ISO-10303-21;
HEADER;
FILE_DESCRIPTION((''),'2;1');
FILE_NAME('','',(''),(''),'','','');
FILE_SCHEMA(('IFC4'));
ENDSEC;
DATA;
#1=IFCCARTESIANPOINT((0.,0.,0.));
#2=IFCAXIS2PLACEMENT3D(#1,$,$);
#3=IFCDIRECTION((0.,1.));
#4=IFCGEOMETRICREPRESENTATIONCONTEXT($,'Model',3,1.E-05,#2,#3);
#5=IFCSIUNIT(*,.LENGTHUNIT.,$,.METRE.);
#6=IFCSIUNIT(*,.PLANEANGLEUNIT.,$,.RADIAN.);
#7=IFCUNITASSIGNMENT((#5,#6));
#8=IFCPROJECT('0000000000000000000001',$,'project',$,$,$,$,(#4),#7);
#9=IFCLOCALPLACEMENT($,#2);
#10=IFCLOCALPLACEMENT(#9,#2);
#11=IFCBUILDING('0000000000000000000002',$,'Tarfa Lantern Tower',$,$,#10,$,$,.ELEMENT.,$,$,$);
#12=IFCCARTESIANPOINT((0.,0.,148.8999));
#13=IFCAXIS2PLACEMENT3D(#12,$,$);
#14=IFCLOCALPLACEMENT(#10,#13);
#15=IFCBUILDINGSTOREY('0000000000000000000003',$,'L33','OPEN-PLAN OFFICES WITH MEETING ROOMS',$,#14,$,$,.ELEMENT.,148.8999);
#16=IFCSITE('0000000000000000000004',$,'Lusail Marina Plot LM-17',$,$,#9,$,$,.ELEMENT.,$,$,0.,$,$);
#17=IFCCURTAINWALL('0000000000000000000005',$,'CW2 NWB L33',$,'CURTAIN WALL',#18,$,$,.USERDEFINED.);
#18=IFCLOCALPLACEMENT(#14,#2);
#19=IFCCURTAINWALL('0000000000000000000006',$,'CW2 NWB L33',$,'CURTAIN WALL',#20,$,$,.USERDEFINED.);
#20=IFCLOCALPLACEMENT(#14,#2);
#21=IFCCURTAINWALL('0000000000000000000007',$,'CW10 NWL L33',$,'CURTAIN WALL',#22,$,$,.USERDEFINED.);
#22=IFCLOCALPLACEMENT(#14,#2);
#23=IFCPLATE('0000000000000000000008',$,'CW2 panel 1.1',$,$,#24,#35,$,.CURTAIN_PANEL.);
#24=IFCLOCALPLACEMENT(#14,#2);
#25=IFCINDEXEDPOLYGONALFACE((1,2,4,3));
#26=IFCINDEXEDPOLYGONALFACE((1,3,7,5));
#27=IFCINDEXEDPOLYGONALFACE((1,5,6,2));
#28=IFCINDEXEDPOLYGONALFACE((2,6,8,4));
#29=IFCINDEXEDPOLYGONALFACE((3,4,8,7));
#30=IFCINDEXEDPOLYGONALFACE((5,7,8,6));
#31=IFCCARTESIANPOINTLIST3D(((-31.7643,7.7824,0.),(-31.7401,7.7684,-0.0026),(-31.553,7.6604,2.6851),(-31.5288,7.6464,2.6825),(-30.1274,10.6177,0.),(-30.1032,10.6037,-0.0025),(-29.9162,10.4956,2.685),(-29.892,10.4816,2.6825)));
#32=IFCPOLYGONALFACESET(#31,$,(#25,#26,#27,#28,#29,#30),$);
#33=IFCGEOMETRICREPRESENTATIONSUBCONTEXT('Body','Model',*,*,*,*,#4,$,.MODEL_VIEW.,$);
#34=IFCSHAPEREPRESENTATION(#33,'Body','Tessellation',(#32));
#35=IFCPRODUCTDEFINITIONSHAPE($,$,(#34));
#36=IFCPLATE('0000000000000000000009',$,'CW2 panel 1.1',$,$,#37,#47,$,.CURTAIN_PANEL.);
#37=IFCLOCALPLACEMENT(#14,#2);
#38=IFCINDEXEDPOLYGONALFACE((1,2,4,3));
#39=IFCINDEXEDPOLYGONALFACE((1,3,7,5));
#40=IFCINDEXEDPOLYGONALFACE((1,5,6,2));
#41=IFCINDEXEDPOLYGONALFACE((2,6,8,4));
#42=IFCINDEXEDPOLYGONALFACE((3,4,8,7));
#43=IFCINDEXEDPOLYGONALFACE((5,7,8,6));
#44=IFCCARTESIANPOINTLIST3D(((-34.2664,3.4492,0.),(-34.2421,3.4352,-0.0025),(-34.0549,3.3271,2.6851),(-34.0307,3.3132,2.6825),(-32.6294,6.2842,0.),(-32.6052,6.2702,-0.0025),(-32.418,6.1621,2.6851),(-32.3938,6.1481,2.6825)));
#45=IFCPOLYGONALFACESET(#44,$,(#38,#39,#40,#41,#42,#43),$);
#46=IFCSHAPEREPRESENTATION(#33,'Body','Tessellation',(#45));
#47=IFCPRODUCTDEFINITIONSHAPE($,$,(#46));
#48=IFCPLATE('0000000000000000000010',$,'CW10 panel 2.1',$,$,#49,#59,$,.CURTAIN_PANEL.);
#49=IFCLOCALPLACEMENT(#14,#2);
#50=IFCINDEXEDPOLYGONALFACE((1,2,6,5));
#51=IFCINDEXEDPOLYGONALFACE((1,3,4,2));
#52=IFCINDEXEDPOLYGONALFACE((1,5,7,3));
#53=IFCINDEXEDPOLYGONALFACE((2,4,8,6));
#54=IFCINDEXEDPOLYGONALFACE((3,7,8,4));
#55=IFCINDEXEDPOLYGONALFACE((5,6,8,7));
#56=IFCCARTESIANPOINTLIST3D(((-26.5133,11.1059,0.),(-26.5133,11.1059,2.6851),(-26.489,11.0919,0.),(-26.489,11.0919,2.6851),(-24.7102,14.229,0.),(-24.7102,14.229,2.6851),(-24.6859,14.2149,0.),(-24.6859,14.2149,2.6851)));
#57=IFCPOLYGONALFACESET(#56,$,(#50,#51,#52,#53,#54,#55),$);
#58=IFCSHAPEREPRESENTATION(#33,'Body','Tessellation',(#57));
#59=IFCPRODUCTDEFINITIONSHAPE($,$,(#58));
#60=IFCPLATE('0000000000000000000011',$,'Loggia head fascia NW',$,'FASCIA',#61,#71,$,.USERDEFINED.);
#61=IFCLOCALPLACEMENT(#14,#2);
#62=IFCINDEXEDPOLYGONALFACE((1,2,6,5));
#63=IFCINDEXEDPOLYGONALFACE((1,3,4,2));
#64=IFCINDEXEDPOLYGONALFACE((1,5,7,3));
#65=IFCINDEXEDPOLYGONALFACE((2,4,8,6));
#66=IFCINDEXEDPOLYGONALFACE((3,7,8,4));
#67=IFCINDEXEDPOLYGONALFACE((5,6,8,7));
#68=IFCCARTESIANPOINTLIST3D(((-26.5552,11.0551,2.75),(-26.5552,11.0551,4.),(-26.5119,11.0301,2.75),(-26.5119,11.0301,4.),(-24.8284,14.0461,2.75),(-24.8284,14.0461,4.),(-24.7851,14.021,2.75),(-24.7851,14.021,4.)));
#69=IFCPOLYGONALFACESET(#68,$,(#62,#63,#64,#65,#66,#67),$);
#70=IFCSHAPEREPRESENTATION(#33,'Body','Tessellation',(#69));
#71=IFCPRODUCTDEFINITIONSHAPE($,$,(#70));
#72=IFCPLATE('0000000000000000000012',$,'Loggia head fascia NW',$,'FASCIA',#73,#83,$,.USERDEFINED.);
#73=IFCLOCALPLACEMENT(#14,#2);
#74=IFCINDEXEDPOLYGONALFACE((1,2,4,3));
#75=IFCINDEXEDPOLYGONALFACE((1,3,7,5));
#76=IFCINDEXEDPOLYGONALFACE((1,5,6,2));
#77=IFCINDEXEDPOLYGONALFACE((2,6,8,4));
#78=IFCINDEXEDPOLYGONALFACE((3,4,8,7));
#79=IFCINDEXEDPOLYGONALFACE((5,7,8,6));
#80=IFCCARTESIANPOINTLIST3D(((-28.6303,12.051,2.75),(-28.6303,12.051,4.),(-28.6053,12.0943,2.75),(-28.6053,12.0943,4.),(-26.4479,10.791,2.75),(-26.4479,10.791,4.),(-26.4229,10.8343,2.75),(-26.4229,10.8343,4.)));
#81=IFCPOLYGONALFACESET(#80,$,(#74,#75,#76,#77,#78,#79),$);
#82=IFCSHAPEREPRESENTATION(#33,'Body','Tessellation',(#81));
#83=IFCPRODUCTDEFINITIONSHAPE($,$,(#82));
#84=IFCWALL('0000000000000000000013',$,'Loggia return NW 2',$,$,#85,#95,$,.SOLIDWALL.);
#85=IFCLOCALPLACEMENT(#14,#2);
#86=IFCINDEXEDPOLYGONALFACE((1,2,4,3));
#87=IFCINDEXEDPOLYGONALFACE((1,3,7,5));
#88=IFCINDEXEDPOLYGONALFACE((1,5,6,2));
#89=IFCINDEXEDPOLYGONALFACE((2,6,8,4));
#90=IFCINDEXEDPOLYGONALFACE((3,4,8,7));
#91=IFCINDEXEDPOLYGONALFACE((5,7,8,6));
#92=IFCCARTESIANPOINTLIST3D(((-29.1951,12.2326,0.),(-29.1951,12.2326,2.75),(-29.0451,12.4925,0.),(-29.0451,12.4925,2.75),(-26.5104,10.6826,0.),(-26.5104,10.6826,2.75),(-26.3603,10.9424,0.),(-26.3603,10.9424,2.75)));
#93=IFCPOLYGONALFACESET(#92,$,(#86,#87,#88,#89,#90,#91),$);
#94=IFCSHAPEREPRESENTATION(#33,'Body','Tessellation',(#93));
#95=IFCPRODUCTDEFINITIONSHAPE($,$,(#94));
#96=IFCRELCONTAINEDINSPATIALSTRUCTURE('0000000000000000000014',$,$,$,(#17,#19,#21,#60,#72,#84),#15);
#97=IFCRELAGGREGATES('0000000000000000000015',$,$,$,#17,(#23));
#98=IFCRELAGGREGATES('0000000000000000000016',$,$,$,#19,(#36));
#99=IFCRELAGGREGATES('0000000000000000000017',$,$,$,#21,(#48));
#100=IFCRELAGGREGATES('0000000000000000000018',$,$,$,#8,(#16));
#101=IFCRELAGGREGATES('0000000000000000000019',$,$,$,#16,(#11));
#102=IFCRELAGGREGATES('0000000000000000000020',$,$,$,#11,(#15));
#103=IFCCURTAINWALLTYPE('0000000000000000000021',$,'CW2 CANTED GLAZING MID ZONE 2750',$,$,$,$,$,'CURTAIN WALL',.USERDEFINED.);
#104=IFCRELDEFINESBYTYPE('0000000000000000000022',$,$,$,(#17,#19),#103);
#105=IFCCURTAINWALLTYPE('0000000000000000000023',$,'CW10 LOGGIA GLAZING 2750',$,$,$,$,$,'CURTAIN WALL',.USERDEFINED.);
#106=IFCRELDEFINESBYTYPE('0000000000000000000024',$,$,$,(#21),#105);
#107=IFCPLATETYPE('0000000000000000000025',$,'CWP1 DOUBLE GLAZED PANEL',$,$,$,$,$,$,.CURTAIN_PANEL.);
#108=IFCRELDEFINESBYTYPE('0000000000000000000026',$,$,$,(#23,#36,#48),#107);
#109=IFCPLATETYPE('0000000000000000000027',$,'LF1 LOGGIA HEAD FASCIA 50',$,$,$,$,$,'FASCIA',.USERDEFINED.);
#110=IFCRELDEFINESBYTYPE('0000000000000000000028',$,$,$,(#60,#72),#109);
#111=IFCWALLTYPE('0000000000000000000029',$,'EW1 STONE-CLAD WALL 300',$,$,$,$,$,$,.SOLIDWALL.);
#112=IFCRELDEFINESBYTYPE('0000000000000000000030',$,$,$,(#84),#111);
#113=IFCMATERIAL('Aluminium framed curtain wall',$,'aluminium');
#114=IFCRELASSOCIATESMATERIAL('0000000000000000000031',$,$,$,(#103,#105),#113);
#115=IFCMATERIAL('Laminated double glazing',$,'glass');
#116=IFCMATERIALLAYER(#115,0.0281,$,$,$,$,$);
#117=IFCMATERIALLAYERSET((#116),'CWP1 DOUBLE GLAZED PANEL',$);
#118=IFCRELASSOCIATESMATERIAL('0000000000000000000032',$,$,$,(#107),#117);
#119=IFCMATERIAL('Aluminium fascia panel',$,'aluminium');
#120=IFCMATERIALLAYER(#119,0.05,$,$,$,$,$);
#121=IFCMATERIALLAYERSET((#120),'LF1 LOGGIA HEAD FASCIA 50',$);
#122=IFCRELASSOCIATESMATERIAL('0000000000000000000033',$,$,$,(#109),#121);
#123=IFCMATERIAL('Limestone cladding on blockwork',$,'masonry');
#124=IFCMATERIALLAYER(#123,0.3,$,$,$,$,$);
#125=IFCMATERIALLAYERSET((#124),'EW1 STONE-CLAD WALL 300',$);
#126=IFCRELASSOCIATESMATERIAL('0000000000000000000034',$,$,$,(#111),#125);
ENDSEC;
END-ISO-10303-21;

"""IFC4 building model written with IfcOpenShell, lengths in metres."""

from ifc_helpers import new_model, si_unit, direction, frame, frame_2d, origin, origin_2d, place, context, subcontext, project, spatial, polyline, rectangle, outline, extrude, material, layer, layer_set, type_object, element, aggregate, save


model = new_model("IFC4")

# Units and contexts
model_context = context("Model", 3, precision=1e-05, world=origin(), true_north=direction((0.0, 1.0)))
body_context = subcontext(model_context, "Body", "Model", "MODEL_VIEW")
ifc_project = project(units=[si_unit("LENGTHUNIT", "METRE"), si_unit("PLANEANGLEUNIT", "RADIAN")], contexts=[model_context])

# Site, building, storey
site_placement = place(None, origin())
site = spatial("IfcSite", under=ifc_project, at=site_placement, Name="Lusail Marina Plot LM-17", CompositionType="ELEMENT", RefElevation=0.0)
building_placement = place(site_placement, origin())
building = spatial("IfcBuilding", under=site, at=building_placement, Name="Tarfa Lantern Tower", CompositionType="ELEMENT")
storey_placement = place(building_placement, frame((0.0, 0.0, 148.8999)))
storey = spatial("IfcBuildingStorey", under=building, at=storey_placement, Name="L33", Description="OPEN-PLAN OFFICES WITH MEETING ROOMS", CompositionType="ELEMENT", Elevation=148.8999)

# Curtain walls
ifc_material_1 = material(Name="Aluminium framed curtain wall", Category="aluminium")
curtain_wall_type_1 = type_object("IfcCurtainWallType", Name="CW2 CANTED GLAZING MID ZONE 2750", ElementType="CURTAIN WALL", PredefinedType="USERDEFINED", material=ifc_material_1)
curtain_wall_1_placement = place(storey_placement, origin())
curtain_wall_1 = element("IfcCurtainWall", 1, at=curtain_wall_1_placement, inside=storey, type_object=curtain_wall_type_1, Name="CW2 NWB L33", ObjectType="CURTAIN WALL", PredefinedType="USERDEFINED")
curtain_wall_2_placement = place(storey_placement, origin())
curtain_wall_2 = element("IfcCurtainWall", 2, at=curtain_wall_2_placement, inside=storey, type_object=curtain_wall_type_1, Name="CW2 NWB L33", ObjectType="CURTAIN WALL", PredefinedType="USERDEFINED")

# Curtain wall
curtain_wall_type_2 = type_object("IfcCurtainWallType", Name="CW10 LOGGIA GLAZING 2750", ElementType="CURTAIN WALL", PredefinedType="USERDEFINED", material=ifc_material_1)
curtain_wall_3_placement = place(storey_placement, origin())
curtain_wall_3 = element("IfcCurtainWall", 3, at=curtain_wall_3_placement, inside=storey, type_object=curtain_wall_type_2, Name="CW10 NWL L33", ObjectType="CURTAIN WALL", PredefinedType="USERDEFINED")

# Plates
ifc_material_2 = material(Name="Laminated double glazing", Category="glass")
ifc_layer_1 = layer(ifc_material_2, 0.0281)
ifc_layer_set_1 = layer_set([ifc_layer_1], Name="CWP1 DOUBLE GLAZED PANEL")
plate_type_1 = type_object("IfcPlateType", Name="CWP1 DOUBLE GLAZED PANEL", PredefinedType="CURTAIN_PANEL", material=ifc_layer_set_1)
plate_1_placement = place(storey_placement, frame((-30.1274, 10.6177, 0.0), z_axis=(-0.862479, 0.497933, 0.090511), x_axis=(-0.499985, -0.866034, -0.000003)))
plate_1 = element("IfcPlate", 4, at=plate_1_placement, type_object=plate_type_1, Name="CW2 panel 1.1", PredefinedType="CURTAIN_PANEL", context=body_context, shape_type="SweptSolid", body=[
    extrude(outline(polyline([(0.0, 0.0), (3.2738, 0.0), (3.2738, 2.6961), (0.0001, 2.6961), (0.0, 0.0)])), origin(), (0.0, 0.0, -1.0), 0.0281),
])
aggregate(curtain_wall_1, [plate_1])
plate_2_placement = place(storey_placement, frame((-32.6294, 6.2842, 0.0), z_axis=(-0.862442, 0.497991, 0.09055), x_axis=(-0.500045, -0.865999, 0.0)))
plate_2 = element("IfcPlate", 5, at=plate_2_placement, type_object=plate_type_1, Name="CW2 panel 1.1", PredefinedType="CURTAIN_PANEL", context=body_context, shape_type="SweptSolid", body=[
    extrude(outline(polyline([(0.0, 0.0), (3.2736, 0.0), (3.2736, 2.6961), (0.0, 2.6961), (0.0, 0.0)])), origin(), (0.0, 0.0, -1.0), 0.0281),
])
aggregate(curtain_wall_2, [plate_2])
plate_3_placement = place(storey_placement, frame((-25.5996, 12.6604, 0.0), z_axis=(0.0, 0.0, 1.0), x_axis=(-0.5, -0.866025, 0.0)))
plate_3 = element("IfcPlate", 6, at=plate_3_placement, type_object=plate_type_1, Name="CW10 panel 2.1", PredefinedType="CURTAIN_PANEL", context=body_context, shape_type="SweptSolid", body=[
    extrude(rectangle(XDim=3.6062, YDim=0.0281, at=origin_2d()), origin(), (0.0, 0.0, 1.0), 2.6851),
])
aggregate(curtain_wall_3, [plate_3])

# Plates
ifc_material_3 = material(Name="Aluminium fascia panel", Category="aluminium")
ifc_layer_2 = layer(ifc_material_3, 0.05)
ifc_layer_set_2 = layer_set([ifc_layer_2], Name="LF1 LOGGIA HEAD FASCIA 50")
plate_type_2 = type_object("IfcPlateType", Name="LF1 LOGGIA HEAD FASCIA 50", ElementType="FASCIA", PredefinedType="USERDEFINED", material=ifc_layer_set_2)
plate_4_placement = place(storey_placement, frame((-25.6702, 12.5381, 2.75), z_axis=(0.0, 0.0, 1.0), x_axis=(-0.5, -0.866025, 0.0)))
element("IfcPlate", 7, at=plate_4_placement, inside=storey, type_object=plate_type_2, Name="Loggia head fascia NW", ObjectType="FASCIA", PredefinedType="USERDEFINED", context=body_context, shape_type="SweptSolid", body=[
    extrude(rectangle(XDim=3.4536, YDim=0.05, at=origin_2d()), origin(), (0.0, 0.0, 1.0), 1.25),
])
plate_5_placement = place(storey_placement, frame((-27.5266, 11.4426, 2.75), z_axis=(0.0, 0.0, 1.0), x_axis=(0.866025, -0.5, 0.0)))
element("IfcPlate", 8, at=plate_5_placement, inside=storey, type_object=plate_type_2, Name="Loggia head fascia NW", ObjectType="FASCIA", PredefinedType="USERDEFINED", context=body_context, shape_type="SweptSolid", body=[
    extrude(rectangle(XDim=2.52, YDim=0.05, at=origin_2d()), origin(), (0.0, 0.0, 1.0), 1.25),
])

# Wall
ifc_material_4 = material(Name="Limestone cladding on blockwork", Category="masonry")
ifc_layer_3 = layer(ifc_material_4, 0.3)
ifc_layer_set_3 = layer_set([ifc_layer_3], Name="EW1 STONE-CLAD WALL 300")
wall_type = type_object("IfcWallType", Name="EW1 STONE-CLAD WALL 300", PredefinedType="SOLIDWALL", material=ifc_layer_set_3)
wall_placement = place(storey_placement, frame((-29.1201, 12.3625, 0.0), z_axis=(0.0, 0.0, 1.0), x_axis=(0.86603, -0.499993, 0.0)))
element("IfcWall", 9, at=wall_placement, inside=storey, type_object=wall_type, Name="Loggia return NW 2", PredefinedType="SOLIDWALL", context=body_context, shape_type="SweptSolid", body=[
    extrude(rectangle(XDim=3.1001, YDim=0.3, at=frame_2d((1.55, 0.0))), origin(), (0.0, 0.0, 1.0), 2.75),
])

save(model, "model.ifc")
